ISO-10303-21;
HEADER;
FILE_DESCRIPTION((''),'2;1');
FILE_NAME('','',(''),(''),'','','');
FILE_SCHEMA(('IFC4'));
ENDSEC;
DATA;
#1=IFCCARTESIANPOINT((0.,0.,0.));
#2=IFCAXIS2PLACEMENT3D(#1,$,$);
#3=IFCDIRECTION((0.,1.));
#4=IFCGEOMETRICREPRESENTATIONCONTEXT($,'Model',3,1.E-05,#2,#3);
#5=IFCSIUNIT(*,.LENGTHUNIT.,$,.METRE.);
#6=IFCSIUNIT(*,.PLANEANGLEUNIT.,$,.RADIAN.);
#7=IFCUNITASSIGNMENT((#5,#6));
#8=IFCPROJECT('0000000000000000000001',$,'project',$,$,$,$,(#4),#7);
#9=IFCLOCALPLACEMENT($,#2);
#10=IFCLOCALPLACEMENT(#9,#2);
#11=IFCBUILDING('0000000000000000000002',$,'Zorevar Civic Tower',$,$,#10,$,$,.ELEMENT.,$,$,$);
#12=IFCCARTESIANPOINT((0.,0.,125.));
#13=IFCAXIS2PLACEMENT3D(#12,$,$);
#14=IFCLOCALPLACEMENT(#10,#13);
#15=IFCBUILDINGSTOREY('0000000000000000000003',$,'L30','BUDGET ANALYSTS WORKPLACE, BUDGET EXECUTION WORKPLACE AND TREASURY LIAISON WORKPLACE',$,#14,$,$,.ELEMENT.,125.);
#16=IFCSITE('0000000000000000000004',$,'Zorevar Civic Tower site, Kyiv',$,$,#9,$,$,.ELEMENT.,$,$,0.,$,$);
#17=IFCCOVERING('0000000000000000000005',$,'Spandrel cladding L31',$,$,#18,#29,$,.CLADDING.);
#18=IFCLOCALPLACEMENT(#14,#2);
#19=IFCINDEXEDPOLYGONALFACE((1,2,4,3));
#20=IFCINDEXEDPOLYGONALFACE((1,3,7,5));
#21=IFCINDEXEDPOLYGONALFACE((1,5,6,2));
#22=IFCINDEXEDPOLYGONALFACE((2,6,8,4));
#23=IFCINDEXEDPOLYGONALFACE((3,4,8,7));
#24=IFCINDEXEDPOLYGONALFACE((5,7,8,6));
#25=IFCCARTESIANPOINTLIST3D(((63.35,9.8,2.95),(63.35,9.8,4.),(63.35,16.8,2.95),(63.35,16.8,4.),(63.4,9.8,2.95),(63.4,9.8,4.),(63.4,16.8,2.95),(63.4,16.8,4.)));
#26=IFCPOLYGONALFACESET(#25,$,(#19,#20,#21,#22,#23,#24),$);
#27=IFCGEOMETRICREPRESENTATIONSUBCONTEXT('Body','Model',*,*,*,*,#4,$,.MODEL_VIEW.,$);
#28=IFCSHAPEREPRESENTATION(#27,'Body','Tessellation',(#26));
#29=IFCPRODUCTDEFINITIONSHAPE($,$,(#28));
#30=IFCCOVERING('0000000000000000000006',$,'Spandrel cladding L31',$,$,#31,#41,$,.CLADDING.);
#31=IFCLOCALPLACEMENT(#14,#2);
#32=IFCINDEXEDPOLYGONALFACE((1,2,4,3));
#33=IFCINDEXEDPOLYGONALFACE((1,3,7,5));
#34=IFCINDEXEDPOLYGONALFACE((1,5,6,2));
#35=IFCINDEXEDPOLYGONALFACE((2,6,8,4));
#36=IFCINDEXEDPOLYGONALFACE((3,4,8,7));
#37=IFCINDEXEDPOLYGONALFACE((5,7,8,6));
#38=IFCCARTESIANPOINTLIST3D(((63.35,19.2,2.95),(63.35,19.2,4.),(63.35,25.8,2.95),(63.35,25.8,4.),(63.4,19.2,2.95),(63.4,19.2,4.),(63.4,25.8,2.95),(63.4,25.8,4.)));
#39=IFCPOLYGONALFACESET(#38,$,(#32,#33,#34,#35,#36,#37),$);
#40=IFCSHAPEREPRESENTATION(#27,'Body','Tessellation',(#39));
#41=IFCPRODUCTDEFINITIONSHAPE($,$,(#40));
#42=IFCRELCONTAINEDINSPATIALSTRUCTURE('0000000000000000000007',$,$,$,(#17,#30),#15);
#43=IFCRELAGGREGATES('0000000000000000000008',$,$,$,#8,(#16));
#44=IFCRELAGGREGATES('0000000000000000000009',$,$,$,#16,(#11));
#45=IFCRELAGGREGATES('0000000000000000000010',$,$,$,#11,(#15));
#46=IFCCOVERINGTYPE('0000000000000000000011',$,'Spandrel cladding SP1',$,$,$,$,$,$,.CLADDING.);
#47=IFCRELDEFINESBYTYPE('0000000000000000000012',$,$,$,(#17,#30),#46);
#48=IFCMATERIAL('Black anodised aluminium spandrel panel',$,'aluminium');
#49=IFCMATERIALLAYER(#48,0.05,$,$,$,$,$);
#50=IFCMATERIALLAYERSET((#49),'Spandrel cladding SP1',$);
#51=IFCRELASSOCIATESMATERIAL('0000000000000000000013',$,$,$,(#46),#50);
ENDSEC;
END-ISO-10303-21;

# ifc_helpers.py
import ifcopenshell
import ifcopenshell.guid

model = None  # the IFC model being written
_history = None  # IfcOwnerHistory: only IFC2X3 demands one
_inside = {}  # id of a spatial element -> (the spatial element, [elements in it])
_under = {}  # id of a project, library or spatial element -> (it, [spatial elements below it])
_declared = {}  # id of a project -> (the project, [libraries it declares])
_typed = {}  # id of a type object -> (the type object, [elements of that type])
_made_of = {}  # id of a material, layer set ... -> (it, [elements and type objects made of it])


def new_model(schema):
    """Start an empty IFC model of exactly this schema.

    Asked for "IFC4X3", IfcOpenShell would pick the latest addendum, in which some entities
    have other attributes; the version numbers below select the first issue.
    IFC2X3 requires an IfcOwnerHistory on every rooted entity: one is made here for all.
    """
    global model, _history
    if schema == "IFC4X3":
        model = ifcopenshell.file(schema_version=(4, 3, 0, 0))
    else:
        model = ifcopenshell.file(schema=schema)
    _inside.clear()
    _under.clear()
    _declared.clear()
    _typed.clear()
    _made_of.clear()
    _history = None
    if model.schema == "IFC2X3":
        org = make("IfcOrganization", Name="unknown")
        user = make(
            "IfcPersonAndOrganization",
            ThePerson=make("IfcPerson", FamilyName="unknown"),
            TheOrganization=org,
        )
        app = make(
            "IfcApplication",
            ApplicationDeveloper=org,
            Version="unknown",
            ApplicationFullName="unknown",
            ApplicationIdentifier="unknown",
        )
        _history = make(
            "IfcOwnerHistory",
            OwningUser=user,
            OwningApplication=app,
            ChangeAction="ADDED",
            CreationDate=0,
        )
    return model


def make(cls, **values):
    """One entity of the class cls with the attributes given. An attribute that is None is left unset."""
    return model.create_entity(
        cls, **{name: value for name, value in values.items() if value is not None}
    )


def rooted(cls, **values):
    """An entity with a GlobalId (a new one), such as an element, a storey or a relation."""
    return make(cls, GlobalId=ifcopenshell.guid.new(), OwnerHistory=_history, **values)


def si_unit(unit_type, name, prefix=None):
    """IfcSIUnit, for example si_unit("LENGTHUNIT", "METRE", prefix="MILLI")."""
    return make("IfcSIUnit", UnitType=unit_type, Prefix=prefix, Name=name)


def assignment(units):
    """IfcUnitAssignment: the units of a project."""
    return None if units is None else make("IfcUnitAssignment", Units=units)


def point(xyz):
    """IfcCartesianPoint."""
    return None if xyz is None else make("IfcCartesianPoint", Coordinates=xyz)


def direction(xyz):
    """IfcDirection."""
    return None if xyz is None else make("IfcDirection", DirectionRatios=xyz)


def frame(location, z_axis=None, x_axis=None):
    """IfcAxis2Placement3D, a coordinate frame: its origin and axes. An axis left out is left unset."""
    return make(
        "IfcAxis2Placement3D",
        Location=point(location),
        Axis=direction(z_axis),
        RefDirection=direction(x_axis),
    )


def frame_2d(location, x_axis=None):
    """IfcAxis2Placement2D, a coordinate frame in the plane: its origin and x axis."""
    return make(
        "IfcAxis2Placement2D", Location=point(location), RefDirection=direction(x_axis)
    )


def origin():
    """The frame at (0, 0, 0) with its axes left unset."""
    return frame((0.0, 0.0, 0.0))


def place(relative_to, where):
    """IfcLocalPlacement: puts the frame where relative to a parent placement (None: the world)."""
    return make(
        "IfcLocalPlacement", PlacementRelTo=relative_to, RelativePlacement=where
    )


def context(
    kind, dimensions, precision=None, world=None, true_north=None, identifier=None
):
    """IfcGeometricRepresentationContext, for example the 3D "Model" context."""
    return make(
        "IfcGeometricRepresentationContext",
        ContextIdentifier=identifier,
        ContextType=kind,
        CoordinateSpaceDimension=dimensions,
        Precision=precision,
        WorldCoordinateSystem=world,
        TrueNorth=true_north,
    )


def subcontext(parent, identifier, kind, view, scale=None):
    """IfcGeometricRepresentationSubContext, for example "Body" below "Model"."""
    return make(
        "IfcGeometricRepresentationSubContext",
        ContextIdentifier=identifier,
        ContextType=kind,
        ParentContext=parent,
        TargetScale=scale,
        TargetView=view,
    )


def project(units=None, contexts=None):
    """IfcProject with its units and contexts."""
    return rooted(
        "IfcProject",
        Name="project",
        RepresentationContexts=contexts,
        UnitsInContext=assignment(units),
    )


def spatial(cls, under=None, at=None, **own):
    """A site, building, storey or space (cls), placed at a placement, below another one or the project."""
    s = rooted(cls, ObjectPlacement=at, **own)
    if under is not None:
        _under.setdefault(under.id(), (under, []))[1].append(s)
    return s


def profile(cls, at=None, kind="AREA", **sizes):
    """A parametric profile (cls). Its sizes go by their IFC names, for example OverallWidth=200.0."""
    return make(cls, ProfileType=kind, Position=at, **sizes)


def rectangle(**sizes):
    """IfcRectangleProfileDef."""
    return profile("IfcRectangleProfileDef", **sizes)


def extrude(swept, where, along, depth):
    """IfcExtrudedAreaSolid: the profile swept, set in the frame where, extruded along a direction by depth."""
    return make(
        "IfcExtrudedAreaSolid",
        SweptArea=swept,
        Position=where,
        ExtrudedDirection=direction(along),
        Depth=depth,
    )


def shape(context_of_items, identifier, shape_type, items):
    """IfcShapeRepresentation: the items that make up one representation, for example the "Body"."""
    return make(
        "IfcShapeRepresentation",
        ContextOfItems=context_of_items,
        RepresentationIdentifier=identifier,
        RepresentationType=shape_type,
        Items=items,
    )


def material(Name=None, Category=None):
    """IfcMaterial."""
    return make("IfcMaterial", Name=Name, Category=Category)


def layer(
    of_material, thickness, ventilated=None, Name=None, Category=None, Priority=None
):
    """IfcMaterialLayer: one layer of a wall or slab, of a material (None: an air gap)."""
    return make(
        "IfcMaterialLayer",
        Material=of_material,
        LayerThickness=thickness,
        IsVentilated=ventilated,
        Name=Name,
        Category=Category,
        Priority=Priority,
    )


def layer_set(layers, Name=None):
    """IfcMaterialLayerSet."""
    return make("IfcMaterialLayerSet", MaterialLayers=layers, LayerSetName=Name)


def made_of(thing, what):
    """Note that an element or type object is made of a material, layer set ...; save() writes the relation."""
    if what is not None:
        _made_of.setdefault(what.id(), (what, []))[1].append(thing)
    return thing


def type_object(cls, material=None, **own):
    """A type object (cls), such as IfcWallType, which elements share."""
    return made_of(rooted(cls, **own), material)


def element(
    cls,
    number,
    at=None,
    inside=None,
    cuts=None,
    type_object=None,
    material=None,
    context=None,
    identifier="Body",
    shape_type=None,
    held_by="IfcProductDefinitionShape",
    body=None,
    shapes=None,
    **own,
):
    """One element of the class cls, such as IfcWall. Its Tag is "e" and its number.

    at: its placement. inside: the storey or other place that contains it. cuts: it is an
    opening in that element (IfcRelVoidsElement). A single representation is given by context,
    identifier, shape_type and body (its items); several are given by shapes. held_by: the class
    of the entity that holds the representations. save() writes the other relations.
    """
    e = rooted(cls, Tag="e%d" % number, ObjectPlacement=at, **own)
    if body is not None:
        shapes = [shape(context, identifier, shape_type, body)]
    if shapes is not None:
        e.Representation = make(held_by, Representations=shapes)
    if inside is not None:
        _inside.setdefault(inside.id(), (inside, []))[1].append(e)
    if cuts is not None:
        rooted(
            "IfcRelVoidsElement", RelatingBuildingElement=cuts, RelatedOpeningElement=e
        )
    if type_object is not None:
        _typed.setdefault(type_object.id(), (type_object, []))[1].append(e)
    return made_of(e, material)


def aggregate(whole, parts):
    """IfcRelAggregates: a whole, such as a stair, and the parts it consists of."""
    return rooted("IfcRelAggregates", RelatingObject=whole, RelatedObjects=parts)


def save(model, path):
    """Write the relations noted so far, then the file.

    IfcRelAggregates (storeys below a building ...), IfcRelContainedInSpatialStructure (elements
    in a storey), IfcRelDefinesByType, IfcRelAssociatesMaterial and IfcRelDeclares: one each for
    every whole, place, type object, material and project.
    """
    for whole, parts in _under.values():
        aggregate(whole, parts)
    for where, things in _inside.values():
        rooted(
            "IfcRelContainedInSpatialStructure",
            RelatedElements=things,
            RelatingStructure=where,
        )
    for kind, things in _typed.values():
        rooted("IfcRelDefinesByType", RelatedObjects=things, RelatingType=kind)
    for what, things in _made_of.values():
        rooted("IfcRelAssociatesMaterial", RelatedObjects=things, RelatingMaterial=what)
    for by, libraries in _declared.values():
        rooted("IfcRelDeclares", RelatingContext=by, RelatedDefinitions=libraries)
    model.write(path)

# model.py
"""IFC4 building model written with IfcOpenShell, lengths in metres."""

from ifc_helpers import new_model, si_unit, direction, frame, frame_2d, origin, place, context, subcontext, project, spatial, rectangle, extrude, material, layer, layer_set, type_object, element, save


model = new_model("IFC4")

# Units and contexts
model_context = context("Model", 3, precision=1e-05, world=origin(), true_north=direction((0.0, 1.0)))
body_context = subcontext(model_context, "Body", "Model", "MODEL_VIEW")
ifc_project = project(units=[si_unit("LENGTHUNIT", "METRE"), si_unit("PLANEANGLEUNIT", "RADIAN")], contexts=[model_context])

# Site, building, storey
site_placement = place(None, origin())
site = spatial("IfcSite", under=ifc_project, at=site_placement, Name="Zorevar Civic Tower site, Kyiv", CompositionType="ELEMENT", RefElevation=0.0)
building_placement = place(site_placement, origin())
building = spatial("IfcBuilding", under=site, at=building_placement, Name="Zorevar Civic Tower", CompositionType="ELEMENT")
storey_placement = place(building_placement, frame((0.0, 0.0, 125.0)))
storey = spatial("IfcBuildingStorey", under=building, at=storey_placement, Name="L30", Description="BUDGET ANALYSTS WORKPLACE, BUDGET EXECUTION WORKPLACE AND TREASURY LIAISON WORKPLACE", CompositionType="ELEMENT", Elevation=125.0)

# Coverings
ifc_material_1 = material(Name="Black anodised aluminium spandrel panel", Category="aluminium")
ifc_layer_1 = layer(ifc_material_1, 0.05)
ifc_layer_set_1 = layer_set([ifc_layer_1], Name="Spandrel cladding SP1")
covering_type = type_object("IfcCoveringType", Name="Spandrel cladding SP1", PredefinedType="CLADDING", material=ifc_layer_set_1)
covering_1_placement = place(storey_placement, frame((63.375, 9.8, 2.95), z_axis=(0.0, 0.0, 1.0), x_axis=(0.0, 1.0, 0.0)))
element("IfcCovering", 1, at=covering_1_placement, inside=storey, type_object=covering_type, Name="Spandrel cladding L31", PredefinedType="CLADDING", context=body_context, shape_type="SweptSolid", body=[
    extrude(rectangle(XDim=7.0, YDim=0.05, at=frame_2d((3.5, 0.0))), origin(), (0.0, 0.0, 1.0), 1.05),
])
covering_2_placement = place(storey_placement, frame((63.375, 19.2, 2.95), z_axis=(0.0, 0.0, 1.0), x_axis=(0.0, 1.0, 0.0)))
element("IfcCovering", 2, at=covering_2_placement, inside=storey, type_object=covering_type, Name="Spandrel cladding L31", PredefinedType="CLADDING", context=body_context, shape_type="SweptSolid", body=[
    extrude(rectangle(XDim=6.6001, YDim=0.05, at=frame_2d((3.3, 0.0))), origin(), (0.0, 0.0, 1.0), 1.05),
])

save(model, "model.ifc")
